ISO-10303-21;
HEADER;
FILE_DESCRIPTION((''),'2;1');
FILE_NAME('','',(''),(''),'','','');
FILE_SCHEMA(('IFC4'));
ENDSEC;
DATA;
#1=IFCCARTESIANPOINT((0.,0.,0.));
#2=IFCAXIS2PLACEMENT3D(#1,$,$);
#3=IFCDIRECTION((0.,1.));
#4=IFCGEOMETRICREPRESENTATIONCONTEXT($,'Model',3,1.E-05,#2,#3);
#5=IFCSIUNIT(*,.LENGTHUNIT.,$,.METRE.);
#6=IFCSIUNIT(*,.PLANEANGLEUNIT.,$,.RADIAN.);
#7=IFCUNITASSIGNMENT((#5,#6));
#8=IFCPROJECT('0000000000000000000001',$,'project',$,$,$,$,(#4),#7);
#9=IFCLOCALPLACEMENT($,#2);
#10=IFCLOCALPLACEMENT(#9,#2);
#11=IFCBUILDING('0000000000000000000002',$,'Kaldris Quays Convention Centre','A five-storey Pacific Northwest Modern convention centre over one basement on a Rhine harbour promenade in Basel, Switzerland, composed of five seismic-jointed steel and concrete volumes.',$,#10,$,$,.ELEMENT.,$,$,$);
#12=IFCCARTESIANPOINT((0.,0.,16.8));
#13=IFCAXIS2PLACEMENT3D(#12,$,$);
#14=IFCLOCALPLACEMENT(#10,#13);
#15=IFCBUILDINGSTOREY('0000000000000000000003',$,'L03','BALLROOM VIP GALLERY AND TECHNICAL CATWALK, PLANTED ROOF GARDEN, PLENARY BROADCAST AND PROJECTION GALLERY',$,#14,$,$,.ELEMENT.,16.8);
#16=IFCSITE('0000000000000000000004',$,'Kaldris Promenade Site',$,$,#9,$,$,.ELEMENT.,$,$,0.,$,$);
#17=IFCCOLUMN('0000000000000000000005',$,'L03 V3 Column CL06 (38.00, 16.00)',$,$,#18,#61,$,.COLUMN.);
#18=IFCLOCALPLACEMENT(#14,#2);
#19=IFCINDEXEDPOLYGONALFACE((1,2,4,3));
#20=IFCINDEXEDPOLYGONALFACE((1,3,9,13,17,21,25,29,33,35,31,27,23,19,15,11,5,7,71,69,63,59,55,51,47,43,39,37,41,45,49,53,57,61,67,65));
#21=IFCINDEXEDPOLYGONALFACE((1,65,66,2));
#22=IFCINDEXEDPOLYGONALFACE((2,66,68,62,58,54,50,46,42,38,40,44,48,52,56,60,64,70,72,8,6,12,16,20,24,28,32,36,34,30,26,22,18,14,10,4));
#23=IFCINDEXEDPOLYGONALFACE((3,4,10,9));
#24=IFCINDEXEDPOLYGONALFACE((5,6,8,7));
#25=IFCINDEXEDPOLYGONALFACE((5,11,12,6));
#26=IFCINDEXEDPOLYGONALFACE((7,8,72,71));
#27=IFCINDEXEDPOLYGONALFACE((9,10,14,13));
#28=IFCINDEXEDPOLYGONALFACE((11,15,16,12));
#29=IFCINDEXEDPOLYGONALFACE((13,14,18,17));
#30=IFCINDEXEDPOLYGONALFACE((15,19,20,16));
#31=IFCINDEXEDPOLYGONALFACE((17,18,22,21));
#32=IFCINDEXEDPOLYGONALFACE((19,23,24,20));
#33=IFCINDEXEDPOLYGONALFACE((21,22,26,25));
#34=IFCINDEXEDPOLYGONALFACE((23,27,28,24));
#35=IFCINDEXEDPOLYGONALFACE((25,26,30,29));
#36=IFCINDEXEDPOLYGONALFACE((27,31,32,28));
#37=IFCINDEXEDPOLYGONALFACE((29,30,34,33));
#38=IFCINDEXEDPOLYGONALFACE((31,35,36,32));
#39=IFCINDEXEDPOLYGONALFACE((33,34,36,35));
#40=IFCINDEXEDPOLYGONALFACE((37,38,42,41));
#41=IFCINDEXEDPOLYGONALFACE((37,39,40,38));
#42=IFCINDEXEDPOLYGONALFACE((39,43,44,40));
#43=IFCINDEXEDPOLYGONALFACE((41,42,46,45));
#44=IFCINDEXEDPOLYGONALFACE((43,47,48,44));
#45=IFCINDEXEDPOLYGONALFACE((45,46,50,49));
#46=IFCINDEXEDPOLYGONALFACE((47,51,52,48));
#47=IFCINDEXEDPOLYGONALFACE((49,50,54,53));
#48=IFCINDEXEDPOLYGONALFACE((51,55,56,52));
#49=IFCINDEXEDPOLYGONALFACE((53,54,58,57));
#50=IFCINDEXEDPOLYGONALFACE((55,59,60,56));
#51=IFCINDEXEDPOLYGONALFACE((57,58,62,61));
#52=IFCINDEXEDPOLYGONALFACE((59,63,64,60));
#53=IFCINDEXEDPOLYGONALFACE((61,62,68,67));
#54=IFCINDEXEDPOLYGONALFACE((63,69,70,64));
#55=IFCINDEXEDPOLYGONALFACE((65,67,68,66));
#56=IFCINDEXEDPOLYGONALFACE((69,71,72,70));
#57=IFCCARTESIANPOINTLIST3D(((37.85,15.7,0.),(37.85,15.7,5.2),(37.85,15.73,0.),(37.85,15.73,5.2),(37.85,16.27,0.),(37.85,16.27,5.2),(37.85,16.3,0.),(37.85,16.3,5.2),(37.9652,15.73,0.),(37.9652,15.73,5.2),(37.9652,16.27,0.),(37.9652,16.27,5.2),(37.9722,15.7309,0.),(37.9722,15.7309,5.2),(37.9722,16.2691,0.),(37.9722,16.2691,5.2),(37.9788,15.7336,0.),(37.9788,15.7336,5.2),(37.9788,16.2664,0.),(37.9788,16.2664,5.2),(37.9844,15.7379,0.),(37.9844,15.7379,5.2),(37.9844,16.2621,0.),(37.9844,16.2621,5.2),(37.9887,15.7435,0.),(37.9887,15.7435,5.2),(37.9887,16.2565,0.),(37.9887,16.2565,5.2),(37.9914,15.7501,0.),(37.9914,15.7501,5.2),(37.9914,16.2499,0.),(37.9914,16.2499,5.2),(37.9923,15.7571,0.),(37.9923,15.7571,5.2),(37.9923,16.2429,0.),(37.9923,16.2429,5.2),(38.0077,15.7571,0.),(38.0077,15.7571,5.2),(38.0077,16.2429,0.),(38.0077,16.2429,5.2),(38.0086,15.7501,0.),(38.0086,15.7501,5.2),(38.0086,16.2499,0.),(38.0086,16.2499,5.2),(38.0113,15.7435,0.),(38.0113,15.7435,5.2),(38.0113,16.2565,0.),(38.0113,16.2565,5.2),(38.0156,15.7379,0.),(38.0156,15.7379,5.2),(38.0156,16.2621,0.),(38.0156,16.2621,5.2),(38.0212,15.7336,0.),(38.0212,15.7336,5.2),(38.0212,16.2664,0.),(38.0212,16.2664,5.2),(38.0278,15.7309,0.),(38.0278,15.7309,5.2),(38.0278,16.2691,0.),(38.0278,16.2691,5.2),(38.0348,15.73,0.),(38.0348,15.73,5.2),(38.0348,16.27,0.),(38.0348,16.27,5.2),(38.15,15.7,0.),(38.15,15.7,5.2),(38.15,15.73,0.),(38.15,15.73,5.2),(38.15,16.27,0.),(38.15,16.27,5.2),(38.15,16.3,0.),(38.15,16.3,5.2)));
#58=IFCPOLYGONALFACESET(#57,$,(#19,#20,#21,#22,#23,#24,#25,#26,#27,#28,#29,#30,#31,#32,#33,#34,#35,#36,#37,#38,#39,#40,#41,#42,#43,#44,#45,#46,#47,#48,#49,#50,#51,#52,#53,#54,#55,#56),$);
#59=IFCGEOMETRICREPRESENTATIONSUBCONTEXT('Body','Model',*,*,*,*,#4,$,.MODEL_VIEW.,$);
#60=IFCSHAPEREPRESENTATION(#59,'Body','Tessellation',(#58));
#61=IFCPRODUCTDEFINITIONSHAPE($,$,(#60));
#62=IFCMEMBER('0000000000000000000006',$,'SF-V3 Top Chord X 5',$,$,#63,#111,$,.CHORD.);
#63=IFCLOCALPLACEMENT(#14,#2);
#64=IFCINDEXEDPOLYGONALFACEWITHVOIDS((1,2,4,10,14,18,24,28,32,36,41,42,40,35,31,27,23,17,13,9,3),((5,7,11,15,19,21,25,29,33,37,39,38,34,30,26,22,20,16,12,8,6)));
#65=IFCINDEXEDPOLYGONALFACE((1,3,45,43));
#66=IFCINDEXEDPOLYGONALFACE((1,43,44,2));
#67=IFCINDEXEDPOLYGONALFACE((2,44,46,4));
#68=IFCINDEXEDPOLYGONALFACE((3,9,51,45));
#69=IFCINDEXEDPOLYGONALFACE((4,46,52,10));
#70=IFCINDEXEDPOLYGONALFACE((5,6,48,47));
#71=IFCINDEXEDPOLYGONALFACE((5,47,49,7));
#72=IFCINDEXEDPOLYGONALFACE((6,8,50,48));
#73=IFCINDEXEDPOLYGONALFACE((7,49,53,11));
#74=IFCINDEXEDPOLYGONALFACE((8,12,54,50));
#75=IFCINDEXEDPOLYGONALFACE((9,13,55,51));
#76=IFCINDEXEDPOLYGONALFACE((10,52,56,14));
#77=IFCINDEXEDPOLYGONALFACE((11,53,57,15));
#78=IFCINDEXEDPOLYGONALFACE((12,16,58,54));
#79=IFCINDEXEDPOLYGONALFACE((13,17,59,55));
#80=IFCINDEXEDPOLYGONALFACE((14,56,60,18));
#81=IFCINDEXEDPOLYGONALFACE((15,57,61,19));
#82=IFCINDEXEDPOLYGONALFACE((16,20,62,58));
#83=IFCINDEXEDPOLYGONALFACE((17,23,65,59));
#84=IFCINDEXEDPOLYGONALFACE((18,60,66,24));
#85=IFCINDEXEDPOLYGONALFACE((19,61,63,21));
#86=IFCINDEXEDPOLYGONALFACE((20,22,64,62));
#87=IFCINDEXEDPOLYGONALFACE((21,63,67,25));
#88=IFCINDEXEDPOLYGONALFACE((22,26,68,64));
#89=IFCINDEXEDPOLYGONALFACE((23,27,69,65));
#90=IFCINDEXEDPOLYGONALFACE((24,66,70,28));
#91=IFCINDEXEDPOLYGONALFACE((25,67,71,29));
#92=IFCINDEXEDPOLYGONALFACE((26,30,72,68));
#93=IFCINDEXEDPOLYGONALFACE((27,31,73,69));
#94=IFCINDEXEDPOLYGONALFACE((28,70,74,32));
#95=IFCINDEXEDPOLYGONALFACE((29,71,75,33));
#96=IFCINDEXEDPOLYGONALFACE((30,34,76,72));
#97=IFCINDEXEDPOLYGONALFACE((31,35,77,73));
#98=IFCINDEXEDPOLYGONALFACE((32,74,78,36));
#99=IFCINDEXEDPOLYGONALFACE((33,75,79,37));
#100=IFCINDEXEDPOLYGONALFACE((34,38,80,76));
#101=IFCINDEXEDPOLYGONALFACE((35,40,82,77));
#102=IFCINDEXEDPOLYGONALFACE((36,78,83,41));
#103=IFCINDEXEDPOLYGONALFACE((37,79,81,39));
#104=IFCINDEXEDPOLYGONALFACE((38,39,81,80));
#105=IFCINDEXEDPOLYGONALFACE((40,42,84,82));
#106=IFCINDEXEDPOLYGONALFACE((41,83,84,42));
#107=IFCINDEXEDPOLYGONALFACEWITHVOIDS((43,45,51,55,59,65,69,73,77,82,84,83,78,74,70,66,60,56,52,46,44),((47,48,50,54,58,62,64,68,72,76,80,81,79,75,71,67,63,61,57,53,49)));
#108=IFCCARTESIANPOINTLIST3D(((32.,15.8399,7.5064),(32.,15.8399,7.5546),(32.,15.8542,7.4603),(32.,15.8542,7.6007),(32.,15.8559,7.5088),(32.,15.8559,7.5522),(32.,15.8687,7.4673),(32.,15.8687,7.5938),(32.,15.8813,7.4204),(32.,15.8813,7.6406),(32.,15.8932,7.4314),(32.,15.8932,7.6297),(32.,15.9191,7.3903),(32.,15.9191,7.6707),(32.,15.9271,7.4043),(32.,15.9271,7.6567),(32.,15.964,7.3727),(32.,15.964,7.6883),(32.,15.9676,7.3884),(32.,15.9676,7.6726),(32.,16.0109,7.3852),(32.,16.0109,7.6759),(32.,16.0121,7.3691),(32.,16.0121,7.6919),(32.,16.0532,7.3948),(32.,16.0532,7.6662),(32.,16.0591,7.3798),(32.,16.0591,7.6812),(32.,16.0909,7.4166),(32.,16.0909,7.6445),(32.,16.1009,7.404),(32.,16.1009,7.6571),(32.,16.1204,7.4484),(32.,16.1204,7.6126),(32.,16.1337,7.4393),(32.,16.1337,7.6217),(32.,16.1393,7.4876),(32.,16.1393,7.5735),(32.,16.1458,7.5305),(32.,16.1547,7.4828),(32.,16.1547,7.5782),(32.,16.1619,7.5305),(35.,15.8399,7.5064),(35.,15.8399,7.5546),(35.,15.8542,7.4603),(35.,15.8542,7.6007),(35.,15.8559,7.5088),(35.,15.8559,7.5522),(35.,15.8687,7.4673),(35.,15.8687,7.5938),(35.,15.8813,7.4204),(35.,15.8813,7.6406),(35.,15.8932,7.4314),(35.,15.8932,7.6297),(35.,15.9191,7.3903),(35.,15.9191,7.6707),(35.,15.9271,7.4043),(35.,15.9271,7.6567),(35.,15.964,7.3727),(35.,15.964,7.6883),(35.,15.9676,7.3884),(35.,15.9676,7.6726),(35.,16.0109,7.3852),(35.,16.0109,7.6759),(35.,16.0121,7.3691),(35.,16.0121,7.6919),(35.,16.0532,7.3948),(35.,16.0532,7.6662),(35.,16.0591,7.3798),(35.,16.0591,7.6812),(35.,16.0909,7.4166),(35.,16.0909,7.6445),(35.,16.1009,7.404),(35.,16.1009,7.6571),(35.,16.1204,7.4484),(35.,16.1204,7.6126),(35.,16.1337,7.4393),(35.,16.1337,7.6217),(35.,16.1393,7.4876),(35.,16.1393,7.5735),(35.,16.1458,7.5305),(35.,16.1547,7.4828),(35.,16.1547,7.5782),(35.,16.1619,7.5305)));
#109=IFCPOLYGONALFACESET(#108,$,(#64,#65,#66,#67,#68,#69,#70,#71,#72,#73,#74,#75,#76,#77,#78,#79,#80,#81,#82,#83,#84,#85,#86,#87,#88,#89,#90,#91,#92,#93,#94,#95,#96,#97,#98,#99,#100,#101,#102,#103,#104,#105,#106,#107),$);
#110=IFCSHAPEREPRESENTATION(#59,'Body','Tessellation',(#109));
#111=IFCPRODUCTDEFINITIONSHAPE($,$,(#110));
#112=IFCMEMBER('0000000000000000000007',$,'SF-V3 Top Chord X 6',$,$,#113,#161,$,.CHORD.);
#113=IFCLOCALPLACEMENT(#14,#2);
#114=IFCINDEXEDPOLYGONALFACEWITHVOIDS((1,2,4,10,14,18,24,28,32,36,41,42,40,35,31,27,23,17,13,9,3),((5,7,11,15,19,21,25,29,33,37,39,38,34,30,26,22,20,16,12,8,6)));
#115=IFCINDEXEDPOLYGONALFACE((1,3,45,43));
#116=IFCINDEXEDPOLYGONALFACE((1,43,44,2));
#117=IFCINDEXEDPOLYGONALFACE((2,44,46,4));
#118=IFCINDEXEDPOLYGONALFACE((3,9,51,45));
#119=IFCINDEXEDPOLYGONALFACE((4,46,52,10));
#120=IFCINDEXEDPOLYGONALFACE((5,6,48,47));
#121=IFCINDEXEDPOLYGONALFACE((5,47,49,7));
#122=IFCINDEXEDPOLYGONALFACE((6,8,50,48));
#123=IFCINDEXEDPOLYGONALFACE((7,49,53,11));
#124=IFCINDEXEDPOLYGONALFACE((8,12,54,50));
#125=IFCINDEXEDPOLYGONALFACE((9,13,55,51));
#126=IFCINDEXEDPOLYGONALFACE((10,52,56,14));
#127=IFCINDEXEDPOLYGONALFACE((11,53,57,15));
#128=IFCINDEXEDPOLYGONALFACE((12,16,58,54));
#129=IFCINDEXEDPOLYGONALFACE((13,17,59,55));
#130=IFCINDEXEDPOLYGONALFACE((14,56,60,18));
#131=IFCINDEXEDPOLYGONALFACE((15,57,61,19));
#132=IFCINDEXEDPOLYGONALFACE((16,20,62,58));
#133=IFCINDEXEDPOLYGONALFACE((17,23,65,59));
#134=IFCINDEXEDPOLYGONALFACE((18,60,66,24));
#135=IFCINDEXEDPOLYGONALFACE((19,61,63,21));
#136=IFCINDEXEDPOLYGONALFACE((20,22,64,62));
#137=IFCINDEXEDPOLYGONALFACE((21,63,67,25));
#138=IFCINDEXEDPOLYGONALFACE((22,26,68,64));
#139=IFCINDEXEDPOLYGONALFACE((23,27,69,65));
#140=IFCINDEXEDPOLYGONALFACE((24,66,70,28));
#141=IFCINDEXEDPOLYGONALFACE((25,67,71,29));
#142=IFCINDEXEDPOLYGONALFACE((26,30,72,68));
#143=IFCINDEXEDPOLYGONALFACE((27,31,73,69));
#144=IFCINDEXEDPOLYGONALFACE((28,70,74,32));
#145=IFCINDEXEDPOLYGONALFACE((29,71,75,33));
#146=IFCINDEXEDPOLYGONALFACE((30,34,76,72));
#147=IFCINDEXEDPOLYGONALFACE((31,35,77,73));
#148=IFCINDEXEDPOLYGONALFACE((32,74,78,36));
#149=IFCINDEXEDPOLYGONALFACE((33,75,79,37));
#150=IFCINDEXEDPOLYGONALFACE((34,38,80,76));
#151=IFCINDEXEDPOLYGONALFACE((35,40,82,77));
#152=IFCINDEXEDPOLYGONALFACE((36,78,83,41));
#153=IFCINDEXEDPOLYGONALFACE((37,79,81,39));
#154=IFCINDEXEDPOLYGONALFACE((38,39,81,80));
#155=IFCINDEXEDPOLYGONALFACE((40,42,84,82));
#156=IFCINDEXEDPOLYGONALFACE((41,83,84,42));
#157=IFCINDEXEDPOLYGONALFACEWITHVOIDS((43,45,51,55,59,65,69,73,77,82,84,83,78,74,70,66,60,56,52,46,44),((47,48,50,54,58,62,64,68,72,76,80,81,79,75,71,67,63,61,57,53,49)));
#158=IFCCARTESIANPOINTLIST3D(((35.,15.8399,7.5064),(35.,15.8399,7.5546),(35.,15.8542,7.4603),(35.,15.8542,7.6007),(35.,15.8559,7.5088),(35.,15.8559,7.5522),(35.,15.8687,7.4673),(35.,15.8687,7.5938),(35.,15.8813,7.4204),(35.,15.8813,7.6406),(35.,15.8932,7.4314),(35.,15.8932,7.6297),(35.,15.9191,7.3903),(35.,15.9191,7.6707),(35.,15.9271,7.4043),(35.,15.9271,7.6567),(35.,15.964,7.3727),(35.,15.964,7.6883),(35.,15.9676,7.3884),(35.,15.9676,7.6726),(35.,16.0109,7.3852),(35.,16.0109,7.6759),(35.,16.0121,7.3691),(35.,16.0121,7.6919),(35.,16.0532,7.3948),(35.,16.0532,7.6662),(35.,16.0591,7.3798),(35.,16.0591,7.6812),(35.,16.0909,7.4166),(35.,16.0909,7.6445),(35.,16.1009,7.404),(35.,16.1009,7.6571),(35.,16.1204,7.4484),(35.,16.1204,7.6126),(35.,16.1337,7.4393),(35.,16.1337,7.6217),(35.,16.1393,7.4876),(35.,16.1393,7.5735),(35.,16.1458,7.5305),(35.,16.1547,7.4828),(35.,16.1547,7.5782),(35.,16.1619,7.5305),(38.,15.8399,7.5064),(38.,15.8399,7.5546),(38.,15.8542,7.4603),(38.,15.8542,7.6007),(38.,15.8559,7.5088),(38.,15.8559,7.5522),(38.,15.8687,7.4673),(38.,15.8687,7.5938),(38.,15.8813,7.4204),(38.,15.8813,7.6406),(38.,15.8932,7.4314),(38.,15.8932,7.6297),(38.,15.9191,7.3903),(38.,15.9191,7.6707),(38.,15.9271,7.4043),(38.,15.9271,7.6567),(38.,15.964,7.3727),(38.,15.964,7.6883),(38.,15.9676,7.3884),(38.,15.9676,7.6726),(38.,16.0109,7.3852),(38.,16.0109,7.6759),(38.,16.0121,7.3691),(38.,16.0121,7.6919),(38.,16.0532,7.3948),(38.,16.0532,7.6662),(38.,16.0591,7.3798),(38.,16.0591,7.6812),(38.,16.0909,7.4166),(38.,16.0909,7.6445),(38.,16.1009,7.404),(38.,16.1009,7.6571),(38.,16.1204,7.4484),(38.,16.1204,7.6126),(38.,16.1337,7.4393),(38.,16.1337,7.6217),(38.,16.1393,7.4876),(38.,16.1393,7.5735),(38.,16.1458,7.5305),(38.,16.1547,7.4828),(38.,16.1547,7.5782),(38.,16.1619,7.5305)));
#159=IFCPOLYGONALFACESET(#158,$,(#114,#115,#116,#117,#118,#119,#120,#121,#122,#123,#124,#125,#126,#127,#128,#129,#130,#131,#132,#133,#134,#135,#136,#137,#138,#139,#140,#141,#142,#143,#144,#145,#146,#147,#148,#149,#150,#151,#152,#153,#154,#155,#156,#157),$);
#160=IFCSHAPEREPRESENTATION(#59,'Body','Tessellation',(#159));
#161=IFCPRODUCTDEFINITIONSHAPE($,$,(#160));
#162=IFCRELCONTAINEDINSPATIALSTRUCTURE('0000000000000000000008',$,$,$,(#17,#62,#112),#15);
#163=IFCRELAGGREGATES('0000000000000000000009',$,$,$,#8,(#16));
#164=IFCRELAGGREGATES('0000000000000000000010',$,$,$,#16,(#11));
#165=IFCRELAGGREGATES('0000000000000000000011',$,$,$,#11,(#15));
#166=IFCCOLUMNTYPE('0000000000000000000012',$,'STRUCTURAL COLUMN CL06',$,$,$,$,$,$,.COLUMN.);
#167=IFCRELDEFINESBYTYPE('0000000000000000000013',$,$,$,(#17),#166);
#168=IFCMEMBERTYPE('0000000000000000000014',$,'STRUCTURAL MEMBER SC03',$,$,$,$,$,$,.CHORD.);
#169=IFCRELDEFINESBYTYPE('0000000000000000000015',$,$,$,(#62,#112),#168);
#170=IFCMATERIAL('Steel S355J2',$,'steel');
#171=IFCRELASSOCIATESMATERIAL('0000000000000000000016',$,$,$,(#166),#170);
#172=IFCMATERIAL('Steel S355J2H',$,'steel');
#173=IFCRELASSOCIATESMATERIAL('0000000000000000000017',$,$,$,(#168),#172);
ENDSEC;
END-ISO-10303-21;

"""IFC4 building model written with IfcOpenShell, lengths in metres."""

from ifc_helpers import new_model, si_unit, direction, frame, origin, origin_2d, place, context, subcontext, project, spatial, hollow_circle, i_section, extrude, material, material_profile, profile_set, type_object, element, save


model = new_model("IFC4")

# Units and contexts
model_context = context("Model", 3, precision=1e-05, world=origin(), true_north=direction((0.0, 1.0)))
body_context = subcontext(model_context, "Body", "Model", "MODEL_VIEW")
ifc_project = project(units=[si_unit("LENGTHUNIT", "METRE"), si_unit("PLANEANGLEUNIT", "RADIAN")], contexts=[model_context])

# Site, building, storey
site_placement = place(None, origin())
site = spatial("IfcSite", under=ifc_project, at=site_placement, Name="Kaldris Promenade Site", CompositionType="ELEMENT", RefElevation=0.0)
building_placement = place(site_placement, origin())
building = spatial("IfcBuilding", under=site, at=building_placement, Name="Kaldris Quays Convention Centre", Description="A five-storey Pacific Northwest Modern convention centre over one basement on a Rhine harbour promenade in Basel, Switzerland, composed of five seismic-jointed steel and concrete volumes.", CompositionType="ELEMENT")
storey_placement = place(building_placement, frame((0.0, 0.0, 16.8)))
storey = spatial("IfcBuildingStorey", under=building, at=storey_placement, Name="L03", Description="BALLROOM VIP GALLERY AND TECHNICAL CATWALK, PLANTED ROOF GARDEN, PLENARY BROADCAST AND PROJECTION GALLERY", CompositionType="ELEMENT", Elevation=16.8)

# Column
ifc_material_1 = material(Name="Steel S355J2", Category="steel")
ifc_material_profile_1 = material_profile(ifc_material_1, i_section(OverallWidth=0.3, OverallDepth=0.6001, WebThickness=0.0154, FlangeThickness=0.03, FilletRadius=0.0271, at=origin_2d()), Name="HEB 600")
ifc_profile_set_1 = profile_set([ifc_material_profile_1], Name="Steel S355J2")
column_type = type_object("IfcColumnType", Name="STRUCTURAL COLUMN CL06", PredefinedType="COLUMN", material=ifc_profile_set_1)
column_placement = place(storey_placement, frame((38.0, 16.0, 0.0), z_axis=(0.0, 0.0, 1.0), x_axis=(1.0, 0.0, 0.0)))
element("IfcColumn", 1, at=column_placement, inside=storey, type_object=column_type, Name="L03 V3 Column CL06 (38.00, 16.00)", PredefinedType="COLUMN", context=body_context, shape_type="SweptSolid", body=[
    extrude(i_section(OverallWidth=0.3, OverallDepth=0.6001, WebThickness=0.0154, FlangeThickness=0.03, FilletRadius=0.0271, at=origin_2d()), origin(), (0.0, 0.0, 1.0), 5.2),
])

# Members
ifc_material_2 = material(Name="Steel S355J2H", Category="steel")
ifc_material_profile_2 = material_profile(ifc_material_2, hollow_circle(Radius=0.1619, WallThickness=0.0161, at=origin_2d()), Name="CHS 323.9x16")
ifc_profile_set_2 = profile_set([ifc_material_profile_2], Name="Steel S355J2H")
member_type_1 = type_object("IfcMemberType", Name="STRUCTURAL MEMBER SC03", PredefinedType="CHORD", material=ifc_profile_set_2)
for number, where, z_axis, x_axis, name in (
    (2, (32.0, 16.0, 7.5305), (1.0, 0.0, 0.0), (0.0, 1.0, 0.0), "SF-V3 Top Chord X 5"),
    (3, (35.0, 16.0, 7.5305), (1.0, 0.0, 0.0), (0.0, 1.0, 0.0), "SF-V3 Top Chord X 6"),
):
    element("IfcMember", number, at=place(storey_placement, frame(where, z_axis=z_axis, x_axis=x_axis)), inside=storey, type_object=member_type_1, Name=name, PredefinedType="CHORD", context=body_context, shape_type="SweptSolid", body=[
        extrude(hollow_circle(Radius=0.1619, WallThickness=0.0161, at=origin_2d()), origin(), (0.0, 0.0, 1.0), 3.0),
    ])

save(model, "model.ifc")
